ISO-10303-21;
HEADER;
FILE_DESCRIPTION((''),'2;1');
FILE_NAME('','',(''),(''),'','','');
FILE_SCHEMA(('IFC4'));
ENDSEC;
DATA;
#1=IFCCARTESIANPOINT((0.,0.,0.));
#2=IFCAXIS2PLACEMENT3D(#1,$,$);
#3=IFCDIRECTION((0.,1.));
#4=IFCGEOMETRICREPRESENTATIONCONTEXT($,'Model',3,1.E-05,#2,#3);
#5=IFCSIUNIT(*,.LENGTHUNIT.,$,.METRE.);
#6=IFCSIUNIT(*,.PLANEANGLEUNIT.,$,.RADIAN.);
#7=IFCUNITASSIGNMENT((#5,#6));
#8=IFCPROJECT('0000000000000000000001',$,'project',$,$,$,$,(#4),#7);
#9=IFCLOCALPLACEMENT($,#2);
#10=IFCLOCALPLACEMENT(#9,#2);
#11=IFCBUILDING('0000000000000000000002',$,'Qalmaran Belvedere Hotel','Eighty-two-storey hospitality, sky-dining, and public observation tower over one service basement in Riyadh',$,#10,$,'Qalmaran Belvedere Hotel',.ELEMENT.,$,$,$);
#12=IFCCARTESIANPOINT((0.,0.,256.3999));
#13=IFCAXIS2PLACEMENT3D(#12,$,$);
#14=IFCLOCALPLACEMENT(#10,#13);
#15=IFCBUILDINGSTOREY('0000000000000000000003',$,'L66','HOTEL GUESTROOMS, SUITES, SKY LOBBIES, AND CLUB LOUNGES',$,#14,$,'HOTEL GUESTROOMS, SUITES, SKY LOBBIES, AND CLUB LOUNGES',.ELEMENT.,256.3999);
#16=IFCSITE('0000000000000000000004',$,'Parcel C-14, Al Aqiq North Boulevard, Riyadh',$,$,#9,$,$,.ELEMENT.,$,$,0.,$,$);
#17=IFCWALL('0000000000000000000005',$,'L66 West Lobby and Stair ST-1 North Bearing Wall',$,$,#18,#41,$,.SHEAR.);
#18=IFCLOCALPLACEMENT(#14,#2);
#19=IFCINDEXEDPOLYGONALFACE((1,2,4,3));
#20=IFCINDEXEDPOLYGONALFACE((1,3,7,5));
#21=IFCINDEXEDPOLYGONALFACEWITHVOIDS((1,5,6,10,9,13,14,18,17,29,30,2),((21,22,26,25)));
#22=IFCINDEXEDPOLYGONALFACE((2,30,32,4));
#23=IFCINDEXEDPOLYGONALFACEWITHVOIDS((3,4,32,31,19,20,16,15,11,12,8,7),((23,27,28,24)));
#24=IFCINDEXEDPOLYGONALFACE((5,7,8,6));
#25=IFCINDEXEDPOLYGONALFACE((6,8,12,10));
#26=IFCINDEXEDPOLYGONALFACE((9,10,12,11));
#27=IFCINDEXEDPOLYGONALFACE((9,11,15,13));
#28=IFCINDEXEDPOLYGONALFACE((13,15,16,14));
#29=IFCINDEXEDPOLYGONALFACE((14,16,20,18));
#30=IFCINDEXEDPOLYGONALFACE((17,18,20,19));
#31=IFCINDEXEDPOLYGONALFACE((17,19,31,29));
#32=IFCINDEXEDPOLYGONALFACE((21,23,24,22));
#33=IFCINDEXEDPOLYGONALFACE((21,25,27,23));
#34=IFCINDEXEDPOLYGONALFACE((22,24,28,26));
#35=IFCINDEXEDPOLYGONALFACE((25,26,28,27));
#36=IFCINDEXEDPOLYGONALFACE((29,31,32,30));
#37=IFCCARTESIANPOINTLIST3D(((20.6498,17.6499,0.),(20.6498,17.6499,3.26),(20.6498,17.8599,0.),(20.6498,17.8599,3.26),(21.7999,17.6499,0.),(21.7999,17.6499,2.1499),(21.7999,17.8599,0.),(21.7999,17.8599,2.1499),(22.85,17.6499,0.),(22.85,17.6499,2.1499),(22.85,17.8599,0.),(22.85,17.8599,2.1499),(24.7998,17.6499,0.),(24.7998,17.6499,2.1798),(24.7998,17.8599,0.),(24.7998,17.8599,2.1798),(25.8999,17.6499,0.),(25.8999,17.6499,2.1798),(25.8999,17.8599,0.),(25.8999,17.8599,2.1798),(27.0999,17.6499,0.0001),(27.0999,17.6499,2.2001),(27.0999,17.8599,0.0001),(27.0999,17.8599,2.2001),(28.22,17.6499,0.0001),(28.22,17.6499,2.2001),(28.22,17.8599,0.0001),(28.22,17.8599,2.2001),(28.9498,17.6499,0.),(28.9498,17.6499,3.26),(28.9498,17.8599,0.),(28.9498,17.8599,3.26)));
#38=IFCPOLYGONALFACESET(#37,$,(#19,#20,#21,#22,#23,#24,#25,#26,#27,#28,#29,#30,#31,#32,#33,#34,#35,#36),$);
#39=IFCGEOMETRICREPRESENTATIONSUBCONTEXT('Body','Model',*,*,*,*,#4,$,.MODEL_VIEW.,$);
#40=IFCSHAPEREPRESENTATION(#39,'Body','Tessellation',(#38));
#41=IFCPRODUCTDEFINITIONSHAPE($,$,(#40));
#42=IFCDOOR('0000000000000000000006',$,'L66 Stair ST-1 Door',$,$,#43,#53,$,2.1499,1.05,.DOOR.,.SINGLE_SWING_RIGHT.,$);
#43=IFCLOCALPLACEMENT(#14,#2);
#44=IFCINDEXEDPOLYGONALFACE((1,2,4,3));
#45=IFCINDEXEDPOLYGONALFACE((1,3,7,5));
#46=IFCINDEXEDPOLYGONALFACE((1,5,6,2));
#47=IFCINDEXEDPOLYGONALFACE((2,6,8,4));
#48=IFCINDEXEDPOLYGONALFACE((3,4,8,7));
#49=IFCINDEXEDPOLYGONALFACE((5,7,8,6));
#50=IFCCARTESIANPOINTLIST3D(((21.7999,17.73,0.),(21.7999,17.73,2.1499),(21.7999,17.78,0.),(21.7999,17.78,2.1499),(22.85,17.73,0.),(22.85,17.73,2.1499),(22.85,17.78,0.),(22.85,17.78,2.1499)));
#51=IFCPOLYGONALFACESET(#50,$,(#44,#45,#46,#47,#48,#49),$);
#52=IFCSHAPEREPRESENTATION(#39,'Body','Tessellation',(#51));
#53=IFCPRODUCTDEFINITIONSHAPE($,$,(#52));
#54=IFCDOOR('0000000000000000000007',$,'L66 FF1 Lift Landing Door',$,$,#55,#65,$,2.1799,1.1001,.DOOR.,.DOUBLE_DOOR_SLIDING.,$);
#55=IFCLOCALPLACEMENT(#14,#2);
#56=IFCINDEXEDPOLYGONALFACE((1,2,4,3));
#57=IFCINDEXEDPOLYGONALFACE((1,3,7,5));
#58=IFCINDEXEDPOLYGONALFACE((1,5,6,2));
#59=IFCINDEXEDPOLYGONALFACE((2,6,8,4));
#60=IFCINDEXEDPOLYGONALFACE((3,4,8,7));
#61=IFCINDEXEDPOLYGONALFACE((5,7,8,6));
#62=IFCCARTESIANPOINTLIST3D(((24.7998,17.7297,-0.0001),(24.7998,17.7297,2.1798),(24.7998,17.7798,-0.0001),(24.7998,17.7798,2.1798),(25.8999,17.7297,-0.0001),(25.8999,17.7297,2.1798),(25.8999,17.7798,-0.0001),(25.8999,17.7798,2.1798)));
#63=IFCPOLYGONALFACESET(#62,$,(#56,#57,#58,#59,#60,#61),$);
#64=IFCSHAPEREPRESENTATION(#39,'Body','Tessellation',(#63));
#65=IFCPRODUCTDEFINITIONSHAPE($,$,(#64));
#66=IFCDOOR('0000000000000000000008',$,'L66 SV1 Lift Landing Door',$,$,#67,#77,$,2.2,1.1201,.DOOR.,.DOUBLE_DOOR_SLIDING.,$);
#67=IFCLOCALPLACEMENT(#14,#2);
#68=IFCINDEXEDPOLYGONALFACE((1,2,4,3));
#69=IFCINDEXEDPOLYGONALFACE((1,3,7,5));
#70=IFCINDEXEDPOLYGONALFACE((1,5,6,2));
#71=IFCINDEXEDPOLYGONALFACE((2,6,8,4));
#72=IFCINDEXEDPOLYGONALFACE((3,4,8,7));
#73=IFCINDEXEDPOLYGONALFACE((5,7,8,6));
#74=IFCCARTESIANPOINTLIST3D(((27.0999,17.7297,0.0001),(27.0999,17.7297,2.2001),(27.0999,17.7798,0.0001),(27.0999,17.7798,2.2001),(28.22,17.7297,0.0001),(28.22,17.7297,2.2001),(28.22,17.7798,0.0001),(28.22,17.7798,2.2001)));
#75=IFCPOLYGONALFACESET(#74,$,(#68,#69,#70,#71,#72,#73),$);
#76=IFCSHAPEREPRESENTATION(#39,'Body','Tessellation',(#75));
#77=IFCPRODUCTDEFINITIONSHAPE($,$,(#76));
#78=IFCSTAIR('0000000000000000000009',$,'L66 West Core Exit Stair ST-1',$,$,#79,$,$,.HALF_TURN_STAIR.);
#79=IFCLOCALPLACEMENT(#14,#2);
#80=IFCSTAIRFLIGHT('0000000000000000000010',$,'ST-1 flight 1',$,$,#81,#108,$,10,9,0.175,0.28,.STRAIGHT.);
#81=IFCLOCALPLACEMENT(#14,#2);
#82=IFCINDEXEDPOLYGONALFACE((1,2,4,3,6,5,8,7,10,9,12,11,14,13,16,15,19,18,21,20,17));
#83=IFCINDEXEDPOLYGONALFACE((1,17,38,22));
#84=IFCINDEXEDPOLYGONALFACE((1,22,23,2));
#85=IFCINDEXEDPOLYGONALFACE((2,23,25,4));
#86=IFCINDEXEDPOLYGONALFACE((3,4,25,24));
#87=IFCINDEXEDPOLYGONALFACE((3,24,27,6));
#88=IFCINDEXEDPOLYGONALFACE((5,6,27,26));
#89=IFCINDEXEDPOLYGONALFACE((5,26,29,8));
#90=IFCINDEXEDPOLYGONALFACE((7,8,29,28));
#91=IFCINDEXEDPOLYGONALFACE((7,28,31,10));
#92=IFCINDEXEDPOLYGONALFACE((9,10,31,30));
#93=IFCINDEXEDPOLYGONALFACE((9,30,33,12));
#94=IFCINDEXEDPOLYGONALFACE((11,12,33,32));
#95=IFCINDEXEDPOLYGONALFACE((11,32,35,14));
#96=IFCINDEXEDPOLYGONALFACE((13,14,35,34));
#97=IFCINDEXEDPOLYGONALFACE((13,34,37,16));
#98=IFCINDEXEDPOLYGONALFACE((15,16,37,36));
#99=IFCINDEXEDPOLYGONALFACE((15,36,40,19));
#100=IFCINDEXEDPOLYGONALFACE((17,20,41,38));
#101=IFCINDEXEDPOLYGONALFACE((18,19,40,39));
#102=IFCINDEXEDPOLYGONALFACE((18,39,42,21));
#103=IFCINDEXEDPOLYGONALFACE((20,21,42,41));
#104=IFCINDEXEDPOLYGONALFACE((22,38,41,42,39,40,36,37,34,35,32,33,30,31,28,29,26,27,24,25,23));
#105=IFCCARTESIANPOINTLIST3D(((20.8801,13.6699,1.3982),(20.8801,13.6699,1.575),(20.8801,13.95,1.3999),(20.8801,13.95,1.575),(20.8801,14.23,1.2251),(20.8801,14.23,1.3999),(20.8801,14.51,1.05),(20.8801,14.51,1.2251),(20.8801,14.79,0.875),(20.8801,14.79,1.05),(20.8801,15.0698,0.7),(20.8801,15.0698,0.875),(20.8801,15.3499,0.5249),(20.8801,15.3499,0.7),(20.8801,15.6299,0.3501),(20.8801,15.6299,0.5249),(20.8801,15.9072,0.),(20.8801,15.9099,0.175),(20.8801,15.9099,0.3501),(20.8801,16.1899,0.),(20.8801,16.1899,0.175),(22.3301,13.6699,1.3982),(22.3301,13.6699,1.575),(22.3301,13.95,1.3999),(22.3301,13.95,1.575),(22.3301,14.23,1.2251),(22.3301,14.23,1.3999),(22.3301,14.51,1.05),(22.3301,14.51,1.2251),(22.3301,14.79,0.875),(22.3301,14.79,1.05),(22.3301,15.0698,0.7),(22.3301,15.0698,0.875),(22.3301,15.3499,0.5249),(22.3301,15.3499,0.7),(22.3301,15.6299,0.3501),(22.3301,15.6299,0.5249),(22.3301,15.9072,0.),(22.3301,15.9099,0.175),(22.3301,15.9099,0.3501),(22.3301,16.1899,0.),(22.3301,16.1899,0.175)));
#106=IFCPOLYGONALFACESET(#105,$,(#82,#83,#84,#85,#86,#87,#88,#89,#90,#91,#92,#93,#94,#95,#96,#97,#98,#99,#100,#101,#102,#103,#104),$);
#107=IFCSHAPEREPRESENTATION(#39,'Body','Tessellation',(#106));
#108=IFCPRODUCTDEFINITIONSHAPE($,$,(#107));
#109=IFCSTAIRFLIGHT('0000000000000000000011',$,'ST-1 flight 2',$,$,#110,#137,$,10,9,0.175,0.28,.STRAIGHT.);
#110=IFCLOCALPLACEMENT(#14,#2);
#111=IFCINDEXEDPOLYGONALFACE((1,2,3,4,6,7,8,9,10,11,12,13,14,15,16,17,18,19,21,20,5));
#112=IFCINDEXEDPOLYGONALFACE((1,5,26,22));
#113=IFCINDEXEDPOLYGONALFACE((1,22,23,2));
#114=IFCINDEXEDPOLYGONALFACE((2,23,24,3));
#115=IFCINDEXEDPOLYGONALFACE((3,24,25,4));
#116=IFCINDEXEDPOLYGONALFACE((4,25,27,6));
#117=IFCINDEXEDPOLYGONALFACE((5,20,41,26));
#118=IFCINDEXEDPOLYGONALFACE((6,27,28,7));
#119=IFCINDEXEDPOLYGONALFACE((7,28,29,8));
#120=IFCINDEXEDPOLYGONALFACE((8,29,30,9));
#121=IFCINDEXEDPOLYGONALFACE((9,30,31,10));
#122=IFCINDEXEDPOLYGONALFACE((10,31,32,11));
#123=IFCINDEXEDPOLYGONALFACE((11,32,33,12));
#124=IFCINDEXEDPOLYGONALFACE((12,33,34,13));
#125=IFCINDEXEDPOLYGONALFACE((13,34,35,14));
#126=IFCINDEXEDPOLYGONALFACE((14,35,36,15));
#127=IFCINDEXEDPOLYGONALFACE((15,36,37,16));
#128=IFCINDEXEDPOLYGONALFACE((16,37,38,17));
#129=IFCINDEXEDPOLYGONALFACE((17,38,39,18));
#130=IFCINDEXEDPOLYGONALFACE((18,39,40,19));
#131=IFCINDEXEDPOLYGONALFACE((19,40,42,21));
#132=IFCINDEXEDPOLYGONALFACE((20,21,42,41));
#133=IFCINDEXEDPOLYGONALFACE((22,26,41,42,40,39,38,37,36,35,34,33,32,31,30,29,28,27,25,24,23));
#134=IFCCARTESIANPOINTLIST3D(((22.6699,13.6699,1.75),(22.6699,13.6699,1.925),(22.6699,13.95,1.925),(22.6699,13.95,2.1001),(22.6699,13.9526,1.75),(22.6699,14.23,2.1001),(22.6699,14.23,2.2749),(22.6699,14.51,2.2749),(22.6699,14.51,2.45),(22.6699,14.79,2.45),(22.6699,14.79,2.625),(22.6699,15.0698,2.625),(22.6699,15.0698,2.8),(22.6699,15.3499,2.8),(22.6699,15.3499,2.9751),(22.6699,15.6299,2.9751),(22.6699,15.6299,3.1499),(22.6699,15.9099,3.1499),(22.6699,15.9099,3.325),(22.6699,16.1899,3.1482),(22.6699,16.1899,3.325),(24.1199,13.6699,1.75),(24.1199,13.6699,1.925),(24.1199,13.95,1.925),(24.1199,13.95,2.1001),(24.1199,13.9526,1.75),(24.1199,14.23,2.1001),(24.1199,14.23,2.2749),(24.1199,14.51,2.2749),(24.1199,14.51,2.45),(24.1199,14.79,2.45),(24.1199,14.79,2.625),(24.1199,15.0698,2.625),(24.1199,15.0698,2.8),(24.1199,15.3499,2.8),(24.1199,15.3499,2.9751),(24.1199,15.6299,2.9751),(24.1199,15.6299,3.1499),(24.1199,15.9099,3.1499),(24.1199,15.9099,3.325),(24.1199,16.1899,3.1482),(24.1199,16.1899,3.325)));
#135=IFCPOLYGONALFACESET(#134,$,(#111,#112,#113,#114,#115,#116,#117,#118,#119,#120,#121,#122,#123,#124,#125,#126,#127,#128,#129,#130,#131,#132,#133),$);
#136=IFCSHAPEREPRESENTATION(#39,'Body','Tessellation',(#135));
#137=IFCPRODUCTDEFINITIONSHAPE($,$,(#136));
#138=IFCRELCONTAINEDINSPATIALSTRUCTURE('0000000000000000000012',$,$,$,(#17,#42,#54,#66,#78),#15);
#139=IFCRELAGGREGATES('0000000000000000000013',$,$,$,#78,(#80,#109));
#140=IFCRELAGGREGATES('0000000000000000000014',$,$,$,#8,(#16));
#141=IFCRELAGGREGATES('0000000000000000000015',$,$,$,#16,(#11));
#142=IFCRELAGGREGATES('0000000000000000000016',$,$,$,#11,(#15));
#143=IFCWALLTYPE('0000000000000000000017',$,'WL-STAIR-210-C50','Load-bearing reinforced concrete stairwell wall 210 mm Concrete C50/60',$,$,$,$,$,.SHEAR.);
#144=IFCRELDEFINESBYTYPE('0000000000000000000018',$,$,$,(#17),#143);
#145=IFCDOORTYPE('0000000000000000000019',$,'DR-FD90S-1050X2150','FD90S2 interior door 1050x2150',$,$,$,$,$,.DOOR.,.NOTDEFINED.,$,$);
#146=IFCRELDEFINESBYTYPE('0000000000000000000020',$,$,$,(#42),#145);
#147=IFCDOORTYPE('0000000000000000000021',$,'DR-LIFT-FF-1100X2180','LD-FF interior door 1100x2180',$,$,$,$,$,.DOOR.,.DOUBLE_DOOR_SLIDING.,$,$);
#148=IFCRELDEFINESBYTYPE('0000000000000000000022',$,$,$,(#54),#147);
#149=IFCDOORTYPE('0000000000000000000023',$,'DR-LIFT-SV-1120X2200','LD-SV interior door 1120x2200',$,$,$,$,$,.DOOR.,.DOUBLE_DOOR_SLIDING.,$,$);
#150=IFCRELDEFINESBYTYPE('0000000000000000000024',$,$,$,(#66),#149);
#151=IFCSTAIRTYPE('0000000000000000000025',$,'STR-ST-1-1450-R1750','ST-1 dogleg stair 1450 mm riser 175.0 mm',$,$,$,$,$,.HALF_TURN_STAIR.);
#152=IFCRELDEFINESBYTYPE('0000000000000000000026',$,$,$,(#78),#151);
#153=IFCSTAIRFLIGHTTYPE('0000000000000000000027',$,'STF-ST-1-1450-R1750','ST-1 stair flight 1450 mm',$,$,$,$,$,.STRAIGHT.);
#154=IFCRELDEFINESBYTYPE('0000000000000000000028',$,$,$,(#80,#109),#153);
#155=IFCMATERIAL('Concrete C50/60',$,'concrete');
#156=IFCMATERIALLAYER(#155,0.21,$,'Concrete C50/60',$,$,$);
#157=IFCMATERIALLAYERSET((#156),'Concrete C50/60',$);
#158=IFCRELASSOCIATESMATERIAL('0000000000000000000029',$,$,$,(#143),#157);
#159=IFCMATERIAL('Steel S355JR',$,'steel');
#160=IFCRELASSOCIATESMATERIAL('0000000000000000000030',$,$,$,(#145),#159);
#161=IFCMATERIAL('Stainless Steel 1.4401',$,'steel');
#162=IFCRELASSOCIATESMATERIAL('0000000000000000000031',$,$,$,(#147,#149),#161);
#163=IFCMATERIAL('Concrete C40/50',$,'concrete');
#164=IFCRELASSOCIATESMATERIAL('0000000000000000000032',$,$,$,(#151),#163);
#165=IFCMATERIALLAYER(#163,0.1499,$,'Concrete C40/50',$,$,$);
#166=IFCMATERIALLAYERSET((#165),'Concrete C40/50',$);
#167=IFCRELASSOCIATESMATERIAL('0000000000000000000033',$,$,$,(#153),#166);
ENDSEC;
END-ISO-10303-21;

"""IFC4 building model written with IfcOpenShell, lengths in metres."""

from ifc_helpers import new_model, si_unit, direction, frame, frame_2d, origin, place, context, subcontext, project, spatial, polyline, rectangle, outline, extrude, material, layer, layer_set, type_object, element, fill, aggregate, save


model = new_model("IFC4")

# Units and contexts
model_context = context("Model", 3, precision=1e-05, world=origin(), true_north=direction((0.0, 1.0)))
body_context = subcontext(model_context, "Body", "Model", "MODEL_VIEW")
ifc_project = project(units=[si_unit("LENGTHUNIT", "METRE"), si_unit("PLANEANGLEUNIT", "RADIAN")], contexts=[model_context])

# Site, building, storey
site_placement = place(None, origin())
site = spatial("IfcSite", under=ifc_project, at=site_placement, Name="Parcel C-14, Al Aqiq North Boulevard, Riyadh", CompositionType="ELEMENT", RefElevation=0.0)
building_placement = place(site_placement, origin())
building = spatial("IfcBuilding", under=site, at=building_placement, Name="Qalmaran Belvedere Hotel", Description="Eighty-two-storey hospitality, sky-dining, and public observation tower over one service basement in Riyadh", LongName="Qalmaran Belvedere Hotel", CompositionType="ELEMENT")
storey_placement = place(building_placement, frame((0.0, 0.0, 256.3999)))
storey = spatial("IfcBuildingStorey", under=building, at=storey_placement, Name="L66", Description="HOTEL GUESTROOMS, SUITES, SKY LOBBIES, AND CLUB LOUNGES", LongName="HOTEL GUESTROOMS, SUITES, SKY LOBBIES, AND CLUB LOUNGES", CompositionType="ELEMENT", Elevation=256.3999)

# Shared definitions
ifc_material_1 = material(Name="Steel S355JR", Category="steel")

# Shared definitions
ifc_material_2 = material(Name="Concrete C50/60", Category="concrete")
ifc_layer_1 = layer(ifc_material_2, 0.21, Name="Concrete C50/60")
ifc_layer_set_1 = layer_set([ifc_layer_1], Name="Concrete C50/60")
wall_type_1 = type_object("IfcWallType", Name="WL-STAIR-210-C50", Description="Load-bearing reinforced concrete stairwell wall 210 mm Concrete C50/60", PredefinedType="SHEAR", material=ifc_layer_set_1)

# Wall, openings, doors
wall_1_placement = place(storey_placement, frame((20.6499, 17.7549, 0.0), z_axis=(0.0, 0.0, 1.0), x_axis=(1.0, 0.0, 0.0)))
wall_1 = element("IfcWall", 1, at=wall_1_placement, inside=storey, type_object=wall_type_1, Name="L66 West Lobby and Stair ST-1 North Bearing Wall", PredefinedType="SHEAR", context=body_context, shape_type="SweptSolid", body=[
    extrude(rectangle(XDim=8.3, YDim=0.21, at=frame_2d((4.1499, 0.0))), origin(), (0.0, 0.0, 1.0), 3.26),
])
opening_1_placement = place(wall_1_placement, frame((2.2, 0.0, 0.0), z_axis=(0.0, 0.0, 1.0), x_axis=(-1.0, 0.0, 0.0)))
opening_1 = element("IfcOpeningElement", 2, at=opening_1_placement, cuts=wall_1, PredefinedType="OPENING", context=body_context, shape_type="SweptSolid", body=[
    extrude(rectangle(XDim=1.05, YDim=2.1499, at=frame_2d((0.5249, 1.075))), frame((0.0, 0.115, 0.0), z_axis=(0.0, -1.0, 0.0), x_axis=(1.0, 0.0, 0.0)), (0.0, 0.0, 1.0), 0.23),
])
opening_2_placement = place(wall_1_placement, frame((4.1499, 0.0, 0.0)))
opening_2 = element("IfcOpeningElement", 3, at=opening_2_placement, cuts=wall_1, PredefinedType="OPENING", context=body_context, shape_type="SweptSolid", body=[
    extrude(rectangle(XDim=1.1001, YDim=2.1799, at=frame_2d((0.55, 1.0898))), frame((0.0, 0.115, 0.0), z_axis=(0.0, -1.0, 0.0), x_axis=(1.0, 0.0, 0.0)), (0.0, 0.0, 1.0), 0.23),
])
opening_3_placement = place(wall_1_placement, frame((6.45, 0.0, 0.0)))
opening_3 = element("IfcOpeningElement", 4, at=opening_3_placement, cuts=wall_1, PredefinedType="OPENING", context=body_context, shape_type="SweptSolid", body=[
    extrude(rectangle(XDim=1.1201, YDim=2.2, at=frame_2d((0.5601, 1.1001))), frame((0.0, 0.115, 0.0), z_axis=(0.0, -1.0, 0.0), x_axis=(1.0, 0.0, 0.0)), (0.0, 0.0, 1.0), 0.23),
])
door_type_1 = type_object("IfcDoorType", Name="DR-FD90S-1050X2150", Description="FD90S2 interior door 1050x2150", OperationType="NOTDEFINED", PredefinedType="DOOR", material=ifc_material_1)
door_1_placement = place(opening_1_placement, origin())
door_1 = element("IfcDoor", 5, at=door_1_placement, inside=storey, type_object=door_type_1, Name="L66 Stair ST-1 Door", OperationType="SINGLE_SWING_RIGHT", OverallHeight=2.1499, OverallWidth=1.05, PredefinedType="DOOR", context=body_context, shape_type="SweptSolid", body=[
    extrude(rectangle(XDim=1.05, YDim=2.1499, at=frame_2d((0.5249, 1.075))), frame((0.0, 0.0249, 0.0), z_axis=(0.0, -1.0, 0.0), x_axis=(1.0, 0.0, 0.0)), (0.0, 0.0, 1.0), 0.05),
])
fill(opening_1, door_1)
ifc_material_3 = material(Name="Stainless Steel 1.4401", Category="steel")
door_type_2 = type_object("IfcDoorType", Name="DR-LIFT-FF-1100X2180", Description="LD-FF interior door 1100x2180", OperationType="DOUBLE_DOOR_SLIDING", PredefinedType="DOOR", material=ifc_material_3)
door_2_placement = place(opening_2_placement, origin())
door_2 = element("IfcDoor", 6, at=door_2_placement, inside=storey, type_object=door_type_2, Name="L66 FF1 Lift Landing Door", OperationType="DOUBLE_DOOR_SLIDING", OverallHeight=2.1799, OverallWidth=1.1001, PredefinedType="DOOR", context=body_context, shape_type="SweptSolid", body=[
    extrude(rectangle(XDim=1.1001, YDim=2.1799, at=frame_2d((0.55, 1.0898))), frame((0.0, 0.0249, 0.0), z_axis=(0.0, -1.0, 0.0), x_axis=(1.0, 0.0, 0.0)), (0.0, 0.0, 1.0), 0.05),
])
fill(opening_2, door_2)
door_type_3 = type_object("IfcDoorType", Name="DR-LIFT-SV-1120X2200", Description="LD-SV interior door 1120x2200", OperationType="DOUBLE_DOOR_SLIDING", PredefinedType="DOOR", material=ifc_material_3)
door_3_placement = place(opening_3_placement, origin())
door_3 = element("IfcDoor", 7, at=door_3_placement, inside=storey, type_object=door_type_3, Name="L66 SV1 Lift Landing Door", OperationType="DOUBLE_DOOR_SLIDING", OverallHeight=2.2, OverallWidth=1.1201, PredefinedType="DOOR", context=body_context, shape_type="SweptSolid", body=[
    extrude(rectangle(XDim=1.1201, YDim=2.2, at=frame_2d((0.5601, 1.1001))), frame((0.0, 0.0249, 0.0), z_axis=(0.0, -1.0, 0.0), x_axis=(1.0, 0.0, 0.0)), (0.0, 0.0, 1.0), 0.05),
])
fill(opening_3, door_3)

# Stair, stair flights
ifc_material_4 = material(Name="Concrete C40/50", Category="concrete")
stair_type = type_object("IfcStairType", Name="STR-ST-1-1450-R1750", Description="ST-1 dogleg stair 1450 mm riser 175.0 mm", PredefinedType="HALF_TURN_STAIR", material=ifc_material_4)
stair_placement = place(storey_placement, origin())
stair = element("IfcStair", 8, at=stair_placement, inside=storey, type_object=stair_type, Name="L66 West Core Exit Stair ST-1", PredefinedType="HALF_TURN_STAIR")
ifc_layer_2 = layer(ifc_material_4, 0.1499, Name="Concrete C40/50")
ifc_layer_set_2 = layer_set([ifc_layer_2], Name="Concrete C40/50")
stair_flight_type = type_object("IfcStairFlightType", Name="STF-ST-1-1450-R1750", Description="ST-1 stair flight 1450 mm", PredefinedType="STRAIGHT", material=ifc_layer_set_2)
stair_flight_1_placement = place(storey_placement, frame((21.605, 16.1899, 0.0), z_axis=(0.0, 0.0, 1.0), x_axis=(0.0, -1.0, 0.0)))
stair_flight_1 = element("IfcStairFlight", 9, at=stair_flight_1_placement, type_object=stair_flight_type, Name="ST-1 flight 1", NumberOfRisers=10, NumberOfTreads=9, PredefinedType="STRAIGHT", RiserHeight=0.175, TreadLength=0.28, context=body_context, shape_type="SweptSolid", body=[
    extrude(outline(polyline([(0.0, 0.0), (0.0, 0.175), (0.28, 0.175), (0.28, 0.3501), (0.5601, 0.3501), (0.5601, 0.5249), (0.8401, 0.5249), (0.8401, 0.7), (1.1201, 0.7), (1.1201, 0.875), (1.3999, 0.875), (1.3999, 1.05), (1.6799, 1.05), (1.6799, 1.2251), (1.96, 1.2251), (1.96, 1.3999), (2.24, 1.3999), (2.24, 1.575), (2.52, 1.575), (2.52, 1.75), (2.52, 1.3982), (0.2827, 0.0), (0.0, 0.0)])), frame((0.0, 0.7251, 0.0), z_axis=(0.0, -1.0, 0.0), x_axis=(1.0, 0.0, 0.0)), (0.0, 0.0, 1.0), 1.45),
])
stair_flight_2_placement = place(storey_placement, frame((23.395, 13.6699, 1.75), z_axis=(0.0, 0.0, 1.0), x_axis=(0.0, 1.0, 0.0)))
stair_flight_2 = element("IfcStairFlight", 10, at=stair_flight_2_placement, type_object=stair_flight_type, Name="ST-1 flight 2", NumberOfRisers=10, NumberOfTreads=9, PredefinedType="STRAIGHT", RiserHeight=0.175, TreadLength=0.28, context=body_context, shape_type="SweptSolid", body=[
    extrude(outline(polyline([(0.0, 0.0), (0.0, 0.175), (0.28, 0.175), (0.28, 0.3501), (0.5601, 0.3501), (0.5601, 0.5249), (0.8401, 0.5249), (0.8401, 0.7), (1.1201, 0.7), (1.1201, 0.875), (1.3999, 0.875), (1.3999, 1.05), (1.6799, 1.05), (1.6799, 1.2251), (1.96, 1.2251), (1.96, 1.3999), (2.24, 1.3999), (2.24, 1.575), (2.52, 1.575), (2.52, 1.75), (2.52, 1.3982), (0.2827, 0.0), (0.0, 0.0)])), frame((0.0, 0.7251, 0.0), z_axis=(0.0, -1.0, 0.0), x_axis=(1.0, 0.0, 0.0)), (0.0, 0.0, 1.0), 1.45),
])
aggregate(stair, [stair_flight_1, stair_flight_2])

save(model, "model.ifc")
